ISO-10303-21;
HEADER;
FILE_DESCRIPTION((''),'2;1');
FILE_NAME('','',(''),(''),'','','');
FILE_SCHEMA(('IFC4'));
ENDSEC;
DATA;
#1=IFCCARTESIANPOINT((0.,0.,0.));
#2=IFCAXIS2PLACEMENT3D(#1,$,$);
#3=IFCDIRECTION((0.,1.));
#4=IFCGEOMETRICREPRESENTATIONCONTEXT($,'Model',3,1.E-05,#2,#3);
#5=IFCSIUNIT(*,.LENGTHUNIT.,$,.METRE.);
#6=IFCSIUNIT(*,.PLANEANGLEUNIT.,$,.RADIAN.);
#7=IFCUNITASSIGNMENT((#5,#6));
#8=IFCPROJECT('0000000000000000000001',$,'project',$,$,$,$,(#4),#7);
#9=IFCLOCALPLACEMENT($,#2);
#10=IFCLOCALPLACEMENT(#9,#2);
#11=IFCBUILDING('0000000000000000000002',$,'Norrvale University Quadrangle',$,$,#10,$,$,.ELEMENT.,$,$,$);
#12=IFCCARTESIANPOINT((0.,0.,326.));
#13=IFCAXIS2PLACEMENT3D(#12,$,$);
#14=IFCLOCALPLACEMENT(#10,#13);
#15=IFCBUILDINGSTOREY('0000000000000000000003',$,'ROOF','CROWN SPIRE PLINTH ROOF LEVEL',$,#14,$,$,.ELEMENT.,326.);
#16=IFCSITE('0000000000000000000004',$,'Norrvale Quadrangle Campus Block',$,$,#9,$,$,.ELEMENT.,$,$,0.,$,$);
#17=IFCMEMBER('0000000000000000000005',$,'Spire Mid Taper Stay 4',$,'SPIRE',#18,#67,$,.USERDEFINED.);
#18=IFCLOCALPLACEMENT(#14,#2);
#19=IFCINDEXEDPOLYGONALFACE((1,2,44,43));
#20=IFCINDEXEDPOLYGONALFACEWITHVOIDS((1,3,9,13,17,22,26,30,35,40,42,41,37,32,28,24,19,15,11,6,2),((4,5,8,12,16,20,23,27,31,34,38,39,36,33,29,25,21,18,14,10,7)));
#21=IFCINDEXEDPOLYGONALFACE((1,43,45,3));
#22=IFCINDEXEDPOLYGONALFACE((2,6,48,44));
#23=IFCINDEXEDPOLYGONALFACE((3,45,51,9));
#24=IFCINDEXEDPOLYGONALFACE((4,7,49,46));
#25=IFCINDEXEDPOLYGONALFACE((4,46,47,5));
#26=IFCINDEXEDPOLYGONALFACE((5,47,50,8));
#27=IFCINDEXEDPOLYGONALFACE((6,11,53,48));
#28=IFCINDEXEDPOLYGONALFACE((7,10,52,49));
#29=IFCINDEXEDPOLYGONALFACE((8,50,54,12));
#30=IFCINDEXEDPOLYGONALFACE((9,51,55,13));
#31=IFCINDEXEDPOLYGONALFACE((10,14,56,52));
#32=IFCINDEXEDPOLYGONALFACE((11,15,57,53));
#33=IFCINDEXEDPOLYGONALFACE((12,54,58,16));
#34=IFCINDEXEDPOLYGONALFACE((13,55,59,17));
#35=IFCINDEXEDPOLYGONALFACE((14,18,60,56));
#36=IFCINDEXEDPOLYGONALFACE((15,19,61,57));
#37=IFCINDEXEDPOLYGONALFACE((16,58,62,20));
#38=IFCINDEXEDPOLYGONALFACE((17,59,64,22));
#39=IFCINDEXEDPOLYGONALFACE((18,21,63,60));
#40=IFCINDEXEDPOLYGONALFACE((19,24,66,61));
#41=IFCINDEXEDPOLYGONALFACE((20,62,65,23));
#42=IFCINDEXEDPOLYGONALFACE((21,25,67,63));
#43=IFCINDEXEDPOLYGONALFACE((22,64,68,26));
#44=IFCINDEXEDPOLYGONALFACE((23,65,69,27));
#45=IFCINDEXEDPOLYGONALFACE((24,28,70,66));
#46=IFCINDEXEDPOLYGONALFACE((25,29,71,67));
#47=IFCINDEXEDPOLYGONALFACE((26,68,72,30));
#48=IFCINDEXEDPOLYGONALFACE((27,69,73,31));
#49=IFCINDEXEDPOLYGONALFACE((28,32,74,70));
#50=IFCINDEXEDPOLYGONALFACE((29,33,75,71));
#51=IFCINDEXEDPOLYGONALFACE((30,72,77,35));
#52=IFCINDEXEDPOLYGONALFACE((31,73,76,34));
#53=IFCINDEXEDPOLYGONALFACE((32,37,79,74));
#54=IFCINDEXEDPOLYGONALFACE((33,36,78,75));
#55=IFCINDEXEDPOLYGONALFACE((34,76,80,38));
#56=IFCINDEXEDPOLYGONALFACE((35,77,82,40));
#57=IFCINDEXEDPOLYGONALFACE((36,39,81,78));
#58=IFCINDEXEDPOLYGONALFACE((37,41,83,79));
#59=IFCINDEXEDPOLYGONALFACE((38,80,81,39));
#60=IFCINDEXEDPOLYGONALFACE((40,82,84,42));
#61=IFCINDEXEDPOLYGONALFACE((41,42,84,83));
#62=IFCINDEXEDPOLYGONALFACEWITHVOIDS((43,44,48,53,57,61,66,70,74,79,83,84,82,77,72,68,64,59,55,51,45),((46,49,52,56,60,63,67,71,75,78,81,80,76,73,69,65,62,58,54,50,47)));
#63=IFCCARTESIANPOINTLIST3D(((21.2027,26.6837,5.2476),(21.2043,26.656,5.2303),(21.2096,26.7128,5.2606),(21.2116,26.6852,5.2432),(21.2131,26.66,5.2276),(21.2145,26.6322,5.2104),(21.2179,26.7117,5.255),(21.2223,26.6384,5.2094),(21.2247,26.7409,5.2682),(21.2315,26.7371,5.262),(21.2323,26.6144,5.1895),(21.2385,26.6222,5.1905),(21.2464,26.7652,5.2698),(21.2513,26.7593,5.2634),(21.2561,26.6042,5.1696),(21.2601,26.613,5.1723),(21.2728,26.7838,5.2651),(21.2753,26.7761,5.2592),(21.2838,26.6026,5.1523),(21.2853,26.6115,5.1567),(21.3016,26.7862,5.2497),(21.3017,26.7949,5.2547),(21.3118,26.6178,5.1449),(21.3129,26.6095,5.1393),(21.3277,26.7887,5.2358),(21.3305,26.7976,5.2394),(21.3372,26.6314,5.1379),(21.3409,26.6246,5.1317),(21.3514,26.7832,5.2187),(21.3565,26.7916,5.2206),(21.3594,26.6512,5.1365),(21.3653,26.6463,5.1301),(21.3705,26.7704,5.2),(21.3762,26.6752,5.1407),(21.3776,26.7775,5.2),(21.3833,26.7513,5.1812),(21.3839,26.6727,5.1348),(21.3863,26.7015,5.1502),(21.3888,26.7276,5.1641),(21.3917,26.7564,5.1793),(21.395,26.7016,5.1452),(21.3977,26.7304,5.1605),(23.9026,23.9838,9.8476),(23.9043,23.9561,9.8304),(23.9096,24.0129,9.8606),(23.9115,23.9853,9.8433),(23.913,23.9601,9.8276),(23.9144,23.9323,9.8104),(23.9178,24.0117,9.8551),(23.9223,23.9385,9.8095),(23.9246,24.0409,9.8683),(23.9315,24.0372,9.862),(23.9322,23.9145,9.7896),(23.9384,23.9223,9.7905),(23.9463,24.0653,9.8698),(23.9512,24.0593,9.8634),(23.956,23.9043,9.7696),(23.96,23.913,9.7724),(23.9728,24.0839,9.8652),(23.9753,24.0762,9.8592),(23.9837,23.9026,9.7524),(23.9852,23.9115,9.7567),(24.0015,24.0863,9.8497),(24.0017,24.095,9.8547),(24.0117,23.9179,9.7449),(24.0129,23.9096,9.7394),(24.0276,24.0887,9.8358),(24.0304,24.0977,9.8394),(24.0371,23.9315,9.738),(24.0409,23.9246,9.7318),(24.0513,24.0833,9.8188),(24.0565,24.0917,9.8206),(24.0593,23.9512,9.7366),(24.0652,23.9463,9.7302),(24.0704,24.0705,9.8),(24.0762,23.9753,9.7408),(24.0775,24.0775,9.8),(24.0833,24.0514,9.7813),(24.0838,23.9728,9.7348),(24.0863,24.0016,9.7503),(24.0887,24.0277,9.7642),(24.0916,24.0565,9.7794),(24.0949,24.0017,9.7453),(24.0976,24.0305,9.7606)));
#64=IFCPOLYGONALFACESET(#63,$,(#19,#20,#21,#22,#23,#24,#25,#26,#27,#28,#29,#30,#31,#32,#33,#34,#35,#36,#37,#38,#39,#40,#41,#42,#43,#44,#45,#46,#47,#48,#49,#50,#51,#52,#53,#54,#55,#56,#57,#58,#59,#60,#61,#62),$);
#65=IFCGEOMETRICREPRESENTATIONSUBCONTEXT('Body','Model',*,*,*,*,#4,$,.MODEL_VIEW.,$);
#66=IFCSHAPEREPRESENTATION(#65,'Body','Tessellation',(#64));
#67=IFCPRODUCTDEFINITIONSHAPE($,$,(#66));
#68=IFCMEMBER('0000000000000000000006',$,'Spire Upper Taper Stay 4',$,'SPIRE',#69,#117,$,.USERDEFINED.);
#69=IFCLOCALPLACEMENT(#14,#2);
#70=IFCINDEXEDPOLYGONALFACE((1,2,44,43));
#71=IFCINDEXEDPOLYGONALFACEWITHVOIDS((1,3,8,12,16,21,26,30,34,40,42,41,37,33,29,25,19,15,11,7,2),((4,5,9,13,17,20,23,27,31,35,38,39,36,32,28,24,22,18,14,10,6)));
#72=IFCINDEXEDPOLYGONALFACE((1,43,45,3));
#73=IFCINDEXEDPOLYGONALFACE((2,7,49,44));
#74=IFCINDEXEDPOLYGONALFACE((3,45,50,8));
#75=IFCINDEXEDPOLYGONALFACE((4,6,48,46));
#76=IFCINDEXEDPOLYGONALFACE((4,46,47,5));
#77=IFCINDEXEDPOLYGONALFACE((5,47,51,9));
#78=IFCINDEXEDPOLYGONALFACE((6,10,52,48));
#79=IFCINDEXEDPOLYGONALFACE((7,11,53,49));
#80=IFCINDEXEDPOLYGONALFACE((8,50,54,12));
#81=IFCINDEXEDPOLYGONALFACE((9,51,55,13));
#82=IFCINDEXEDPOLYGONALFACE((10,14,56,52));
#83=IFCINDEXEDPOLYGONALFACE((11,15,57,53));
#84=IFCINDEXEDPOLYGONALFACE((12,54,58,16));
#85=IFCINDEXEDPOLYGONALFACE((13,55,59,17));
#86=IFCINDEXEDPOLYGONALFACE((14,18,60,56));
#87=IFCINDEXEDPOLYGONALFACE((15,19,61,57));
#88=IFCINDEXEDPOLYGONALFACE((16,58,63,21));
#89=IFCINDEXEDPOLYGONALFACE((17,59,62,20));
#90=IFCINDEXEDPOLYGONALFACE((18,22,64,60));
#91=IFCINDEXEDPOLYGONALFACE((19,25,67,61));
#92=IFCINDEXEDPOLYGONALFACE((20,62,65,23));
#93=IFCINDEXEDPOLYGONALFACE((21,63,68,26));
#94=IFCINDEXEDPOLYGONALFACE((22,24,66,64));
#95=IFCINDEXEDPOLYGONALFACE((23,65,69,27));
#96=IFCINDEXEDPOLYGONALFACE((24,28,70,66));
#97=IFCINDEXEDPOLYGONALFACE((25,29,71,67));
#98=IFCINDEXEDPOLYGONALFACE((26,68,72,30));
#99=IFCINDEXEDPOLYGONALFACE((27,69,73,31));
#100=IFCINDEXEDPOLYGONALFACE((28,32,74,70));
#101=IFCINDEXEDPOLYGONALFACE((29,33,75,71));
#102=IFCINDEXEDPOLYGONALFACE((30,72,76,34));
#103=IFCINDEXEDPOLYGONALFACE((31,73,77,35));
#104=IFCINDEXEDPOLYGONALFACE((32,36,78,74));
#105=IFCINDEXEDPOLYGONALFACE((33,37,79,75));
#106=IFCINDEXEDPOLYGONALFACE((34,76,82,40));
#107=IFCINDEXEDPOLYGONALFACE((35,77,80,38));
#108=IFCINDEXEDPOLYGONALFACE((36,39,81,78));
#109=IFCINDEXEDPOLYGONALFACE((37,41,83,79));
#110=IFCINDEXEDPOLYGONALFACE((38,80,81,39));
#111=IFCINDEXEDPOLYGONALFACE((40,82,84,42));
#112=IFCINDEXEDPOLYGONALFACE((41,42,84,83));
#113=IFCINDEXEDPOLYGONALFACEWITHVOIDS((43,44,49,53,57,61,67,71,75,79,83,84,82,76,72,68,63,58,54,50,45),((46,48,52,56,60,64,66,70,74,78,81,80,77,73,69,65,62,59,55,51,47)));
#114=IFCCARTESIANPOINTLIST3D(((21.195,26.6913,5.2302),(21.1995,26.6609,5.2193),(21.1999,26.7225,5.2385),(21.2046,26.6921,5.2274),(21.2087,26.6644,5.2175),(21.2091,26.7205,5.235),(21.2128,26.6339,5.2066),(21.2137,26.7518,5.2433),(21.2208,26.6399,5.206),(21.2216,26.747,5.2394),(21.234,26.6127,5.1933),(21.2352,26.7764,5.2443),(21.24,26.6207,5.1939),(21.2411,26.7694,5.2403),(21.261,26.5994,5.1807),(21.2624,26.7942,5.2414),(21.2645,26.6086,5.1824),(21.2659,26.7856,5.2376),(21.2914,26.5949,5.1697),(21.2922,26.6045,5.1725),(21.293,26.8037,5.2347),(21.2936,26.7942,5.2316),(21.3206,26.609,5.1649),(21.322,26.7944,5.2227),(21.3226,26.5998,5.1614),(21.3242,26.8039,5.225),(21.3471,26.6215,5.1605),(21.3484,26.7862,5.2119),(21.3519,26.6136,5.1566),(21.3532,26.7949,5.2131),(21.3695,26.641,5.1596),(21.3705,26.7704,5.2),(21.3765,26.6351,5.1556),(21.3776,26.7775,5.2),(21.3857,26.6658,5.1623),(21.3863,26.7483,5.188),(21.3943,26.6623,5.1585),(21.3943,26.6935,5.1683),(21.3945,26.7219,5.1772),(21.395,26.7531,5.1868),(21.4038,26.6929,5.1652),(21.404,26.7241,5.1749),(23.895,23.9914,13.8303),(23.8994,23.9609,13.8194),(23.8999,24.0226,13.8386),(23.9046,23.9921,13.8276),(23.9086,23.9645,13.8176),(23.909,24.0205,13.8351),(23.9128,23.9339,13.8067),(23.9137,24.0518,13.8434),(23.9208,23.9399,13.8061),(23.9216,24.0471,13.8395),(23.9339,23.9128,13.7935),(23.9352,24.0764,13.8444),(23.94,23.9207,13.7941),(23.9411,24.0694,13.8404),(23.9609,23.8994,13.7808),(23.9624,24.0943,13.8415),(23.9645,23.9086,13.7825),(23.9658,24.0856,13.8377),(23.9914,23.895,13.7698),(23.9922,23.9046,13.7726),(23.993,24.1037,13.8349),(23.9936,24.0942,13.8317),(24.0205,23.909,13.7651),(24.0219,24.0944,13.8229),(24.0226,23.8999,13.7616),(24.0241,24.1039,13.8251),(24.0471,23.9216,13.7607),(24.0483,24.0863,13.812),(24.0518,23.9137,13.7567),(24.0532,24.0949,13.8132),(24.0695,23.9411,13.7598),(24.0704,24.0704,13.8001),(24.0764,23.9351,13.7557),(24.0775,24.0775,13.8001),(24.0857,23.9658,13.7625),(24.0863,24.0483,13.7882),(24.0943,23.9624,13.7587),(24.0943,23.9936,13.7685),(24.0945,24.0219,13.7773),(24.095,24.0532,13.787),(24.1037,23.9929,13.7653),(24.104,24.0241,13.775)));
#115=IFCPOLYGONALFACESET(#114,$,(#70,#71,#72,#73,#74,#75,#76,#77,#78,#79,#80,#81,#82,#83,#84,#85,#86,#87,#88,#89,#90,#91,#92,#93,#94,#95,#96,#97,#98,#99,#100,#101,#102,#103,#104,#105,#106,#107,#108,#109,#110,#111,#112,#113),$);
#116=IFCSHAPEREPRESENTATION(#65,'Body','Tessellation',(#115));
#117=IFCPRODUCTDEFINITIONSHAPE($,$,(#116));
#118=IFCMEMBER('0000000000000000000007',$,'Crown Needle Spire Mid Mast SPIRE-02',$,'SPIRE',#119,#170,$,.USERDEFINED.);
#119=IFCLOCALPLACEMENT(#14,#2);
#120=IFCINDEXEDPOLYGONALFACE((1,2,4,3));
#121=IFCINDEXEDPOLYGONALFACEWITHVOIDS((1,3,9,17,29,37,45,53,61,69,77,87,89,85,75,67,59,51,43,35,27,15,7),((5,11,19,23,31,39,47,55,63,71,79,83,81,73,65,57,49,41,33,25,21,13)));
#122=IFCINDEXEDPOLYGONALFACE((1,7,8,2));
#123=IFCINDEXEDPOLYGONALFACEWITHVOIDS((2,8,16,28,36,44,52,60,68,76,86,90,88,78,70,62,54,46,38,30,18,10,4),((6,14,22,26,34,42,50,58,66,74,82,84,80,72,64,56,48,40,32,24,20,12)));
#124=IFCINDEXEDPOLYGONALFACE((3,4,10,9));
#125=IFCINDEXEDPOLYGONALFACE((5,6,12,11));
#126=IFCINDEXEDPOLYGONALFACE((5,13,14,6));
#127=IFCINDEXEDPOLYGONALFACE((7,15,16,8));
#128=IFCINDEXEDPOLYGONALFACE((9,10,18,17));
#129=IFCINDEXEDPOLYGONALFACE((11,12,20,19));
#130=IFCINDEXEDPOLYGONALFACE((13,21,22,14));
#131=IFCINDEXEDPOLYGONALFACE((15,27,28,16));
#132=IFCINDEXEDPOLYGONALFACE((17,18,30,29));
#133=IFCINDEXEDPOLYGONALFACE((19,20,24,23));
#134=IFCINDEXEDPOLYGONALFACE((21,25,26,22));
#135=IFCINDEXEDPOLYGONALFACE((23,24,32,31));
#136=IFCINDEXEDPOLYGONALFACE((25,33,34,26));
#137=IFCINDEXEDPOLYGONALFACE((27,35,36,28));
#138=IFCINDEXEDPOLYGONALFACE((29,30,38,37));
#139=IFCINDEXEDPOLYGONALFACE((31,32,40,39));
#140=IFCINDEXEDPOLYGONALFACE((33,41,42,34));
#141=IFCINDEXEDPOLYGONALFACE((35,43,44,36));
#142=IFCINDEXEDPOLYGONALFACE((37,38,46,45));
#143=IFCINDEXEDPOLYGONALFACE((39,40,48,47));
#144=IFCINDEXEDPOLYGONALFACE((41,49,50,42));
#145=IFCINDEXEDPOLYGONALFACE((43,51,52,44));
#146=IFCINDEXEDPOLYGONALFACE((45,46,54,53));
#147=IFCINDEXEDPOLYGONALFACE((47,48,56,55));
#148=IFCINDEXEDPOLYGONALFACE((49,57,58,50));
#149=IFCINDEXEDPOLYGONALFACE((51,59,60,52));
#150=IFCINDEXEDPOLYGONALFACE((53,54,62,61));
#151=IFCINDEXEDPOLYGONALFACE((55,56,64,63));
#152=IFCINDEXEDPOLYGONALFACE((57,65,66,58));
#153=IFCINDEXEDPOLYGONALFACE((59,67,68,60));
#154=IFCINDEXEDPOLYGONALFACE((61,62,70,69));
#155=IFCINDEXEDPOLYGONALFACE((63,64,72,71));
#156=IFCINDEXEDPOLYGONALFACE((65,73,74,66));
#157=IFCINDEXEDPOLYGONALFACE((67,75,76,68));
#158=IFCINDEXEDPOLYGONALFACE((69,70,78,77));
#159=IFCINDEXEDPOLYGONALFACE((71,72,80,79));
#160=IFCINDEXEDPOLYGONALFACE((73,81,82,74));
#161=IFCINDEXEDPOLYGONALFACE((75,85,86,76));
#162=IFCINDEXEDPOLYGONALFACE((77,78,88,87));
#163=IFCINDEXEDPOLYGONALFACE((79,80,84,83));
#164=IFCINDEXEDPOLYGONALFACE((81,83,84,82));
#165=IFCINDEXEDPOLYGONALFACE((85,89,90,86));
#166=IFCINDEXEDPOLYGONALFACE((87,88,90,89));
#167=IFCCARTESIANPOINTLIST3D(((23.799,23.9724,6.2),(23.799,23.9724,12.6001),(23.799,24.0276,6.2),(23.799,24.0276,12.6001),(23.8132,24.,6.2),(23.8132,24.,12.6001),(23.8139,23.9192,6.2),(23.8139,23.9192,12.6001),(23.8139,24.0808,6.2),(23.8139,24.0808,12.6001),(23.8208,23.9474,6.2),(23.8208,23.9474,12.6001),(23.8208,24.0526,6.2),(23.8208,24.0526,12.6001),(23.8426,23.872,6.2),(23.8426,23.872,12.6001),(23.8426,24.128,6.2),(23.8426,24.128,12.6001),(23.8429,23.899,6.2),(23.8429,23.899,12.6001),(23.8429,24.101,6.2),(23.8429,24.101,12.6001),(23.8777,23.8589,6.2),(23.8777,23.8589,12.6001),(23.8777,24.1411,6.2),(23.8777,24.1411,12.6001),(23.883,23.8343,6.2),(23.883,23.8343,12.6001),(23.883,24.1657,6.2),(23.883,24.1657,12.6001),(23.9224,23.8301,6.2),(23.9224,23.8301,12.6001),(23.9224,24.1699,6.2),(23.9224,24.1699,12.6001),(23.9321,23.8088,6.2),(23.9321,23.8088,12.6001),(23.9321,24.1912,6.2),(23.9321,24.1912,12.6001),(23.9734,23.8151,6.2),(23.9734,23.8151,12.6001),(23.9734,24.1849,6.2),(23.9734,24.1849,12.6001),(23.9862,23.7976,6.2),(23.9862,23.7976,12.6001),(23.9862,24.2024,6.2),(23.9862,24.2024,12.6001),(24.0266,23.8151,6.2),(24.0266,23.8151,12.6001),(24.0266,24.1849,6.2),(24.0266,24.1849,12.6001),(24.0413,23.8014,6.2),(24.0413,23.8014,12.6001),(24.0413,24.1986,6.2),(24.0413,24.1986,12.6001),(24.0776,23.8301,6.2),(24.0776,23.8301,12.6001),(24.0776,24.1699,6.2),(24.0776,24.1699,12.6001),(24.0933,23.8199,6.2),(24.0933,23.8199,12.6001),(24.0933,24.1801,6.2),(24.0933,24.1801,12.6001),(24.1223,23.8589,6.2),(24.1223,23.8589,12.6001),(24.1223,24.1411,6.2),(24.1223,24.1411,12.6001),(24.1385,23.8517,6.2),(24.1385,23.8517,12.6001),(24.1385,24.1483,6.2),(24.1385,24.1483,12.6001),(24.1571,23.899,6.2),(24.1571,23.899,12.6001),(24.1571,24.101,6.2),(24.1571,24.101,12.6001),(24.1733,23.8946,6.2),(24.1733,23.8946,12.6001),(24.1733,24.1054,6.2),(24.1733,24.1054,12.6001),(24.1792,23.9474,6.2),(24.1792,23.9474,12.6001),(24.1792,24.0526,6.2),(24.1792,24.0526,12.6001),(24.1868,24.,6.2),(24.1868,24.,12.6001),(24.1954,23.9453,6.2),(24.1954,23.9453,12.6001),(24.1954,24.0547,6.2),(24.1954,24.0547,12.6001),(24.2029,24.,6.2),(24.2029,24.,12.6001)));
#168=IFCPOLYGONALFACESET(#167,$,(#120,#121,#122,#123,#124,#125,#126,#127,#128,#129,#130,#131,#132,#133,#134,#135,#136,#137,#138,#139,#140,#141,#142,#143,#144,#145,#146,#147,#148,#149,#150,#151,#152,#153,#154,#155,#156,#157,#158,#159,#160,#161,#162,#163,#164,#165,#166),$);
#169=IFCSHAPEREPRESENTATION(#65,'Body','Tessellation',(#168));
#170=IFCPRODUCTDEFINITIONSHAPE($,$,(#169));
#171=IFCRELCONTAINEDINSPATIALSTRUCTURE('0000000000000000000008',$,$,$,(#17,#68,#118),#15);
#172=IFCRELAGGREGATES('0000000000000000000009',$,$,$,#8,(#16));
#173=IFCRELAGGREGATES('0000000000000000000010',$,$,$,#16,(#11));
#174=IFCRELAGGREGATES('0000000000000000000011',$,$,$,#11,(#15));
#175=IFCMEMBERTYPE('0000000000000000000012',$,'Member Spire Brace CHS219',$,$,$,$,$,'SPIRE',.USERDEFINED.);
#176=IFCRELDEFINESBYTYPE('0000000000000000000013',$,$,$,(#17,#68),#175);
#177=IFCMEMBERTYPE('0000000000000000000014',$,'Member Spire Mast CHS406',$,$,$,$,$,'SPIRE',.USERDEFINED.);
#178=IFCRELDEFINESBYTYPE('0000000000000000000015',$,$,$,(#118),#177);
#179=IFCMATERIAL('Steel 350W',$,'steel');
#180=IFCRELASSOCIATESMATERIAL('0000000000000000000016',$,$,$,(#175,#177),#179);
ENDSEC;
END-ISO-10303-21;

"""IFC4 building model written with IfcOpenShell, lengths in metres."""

from ifc_helpers import new_model, si_unit, direction, frame, origin, origin_2d, place, context, subcontext, project, spatial, hollow_circle, extrude, material, material_profile, profile_set, type_object, element, save


model = new_model("IFC4")

# Units and contexts
model_context = context("Model", 3, precision=1e-05, world=origin(), true_north=direction((0.0, 1.0)))
body_context = subcontext(model_context, "Body", "Model", "MODEL_VIEW")
ifc_project = project(units=[si_unit("LENGTHUNIT", "METRE"), si_unit("PLANEANGLEUNIT", "RADIAN")], contexts=[model_context])

# Site, building, storey
site_placement = place(None, origin())
site = spatial("IfcSite", under=ifc_project, at=site_placement, Name="Norrvale Quadrangle Campus Block", CompositionType="ELEMENT", RefElevation=0.0)
building_placement = place(site_placement, origin())
building = spatial("IfcBuilding", under=site, at=building_placement, Name="Norrvale University Quadrangle", CompositionType="ELEMENT")
storey_placement = place(building_placement, frame((0.0, 0.0, 326.0)))
storey = spatial("IfcBuildingStorey", under=building, at=storey_placement, Name="ROOF", Description="CROWN SPIRE PLINTH ROOF LEVEL", CompositionType="ELEMENT", Elevation=326.0)

# Shared definitions
ifc_material_1 = material(Name="Steel 350W", Category="steel")

# Members
ifc_material_profile_1 = material_profile(ifc_material_1, hollow_circle(Radius=0.1096, WallThickness=0.01, at=origin_2d()), Name="Steel 350W")
ifc_profile_set_1 = profile_set([ifc_material_profile_1], Name="Steel 350W")
member_type_1 = type_object("IfcMemberType", Name="Member Spire Brace CHS219", ElementType="SPIRE", PredefinedType="USERDEFINED", material=ifc_profile_set_1)
member_1_placement = place(storey_placement, frame((21.3, 26.7, 5.2), z_axis=(0.451623, -0.451623, 0.769463), x_axis=(0.707107, 0.707107, 0.0)))
element("IfcMember", 1, at=member_1_placement, inside=storey, type_object=member_type_1, Name="Spire Mid Taper Stay 4", ObjectType="SPIRE", PredefinedType="USERDEFINED", context=body_context, shape_type="SweptSolid", body=[
    extrude(hollow_circle(Radius=0.1096, WallThickness=0.01, at=origin_2d()), origin(), (0.0, 0.0, 1.0), 5.9783),
])
member_2_placement = place(storey_placement, frame((21.3, 26.7, 5.2), z_axis=(0.286935, -0.286935, 0.913968), x_axis=(0.707107, 0.707107, 0.0)))
element("IfcMember", 2, at=member_2_placement, inside=storey, type_object=member_type_1, Name="Spire Upper Taper Stay 4", ObjectType="SPIRE", PredefinedType="USERDEFINED", context=body_context, shape_type="SweptSolid", body=[
    extrude(hollow_circle(Radius=0.1096, WallThickness=0.01, at=origin_2d()), origin(), (0.0, 0.0, 1.0), 9.4097),
])
ifc_material_profile_2 = material_profile(ifc_material_1, hollow_circle(Radius=0.2029, WallThickness=0.0161, at=origin_2d()), Name="Steel 350W")
ifc_profile_set_2 = profile_set([ifc_material_profile_2], Name="Steel 350W")
member_type_2 = type_object("IfcMemberType", Name="Member Spire Mast CHS406", ElementType="SPIRE", PredefinedType="USERDEFINED", material=ifc_profile_set_2)
member_3_placement = place(storey_placement, frame((24.0, 24.0, 6.2), z_axis=(0.0, 0.0, 1.0), x_axis=(1.0, 0.0, 0.0)))
element("IfcMember", 3, at=member_3_placement, inside=storey, type_object=member_type_2, Name="Crown Needle Spire Mid Mast SPIRE-02", ObjectType="SPIRE", PredefinedType="USERDEFINED", context=body_context, shape_type="SweptSolid", body=[
    extrude(hollow_circle(Radius=0.2029, WallThickness=0.0161, at=origin_2d()), origin(), (0.0, 0.0, 1.0), 6.4001),
])

save(model, "model.ifc")
